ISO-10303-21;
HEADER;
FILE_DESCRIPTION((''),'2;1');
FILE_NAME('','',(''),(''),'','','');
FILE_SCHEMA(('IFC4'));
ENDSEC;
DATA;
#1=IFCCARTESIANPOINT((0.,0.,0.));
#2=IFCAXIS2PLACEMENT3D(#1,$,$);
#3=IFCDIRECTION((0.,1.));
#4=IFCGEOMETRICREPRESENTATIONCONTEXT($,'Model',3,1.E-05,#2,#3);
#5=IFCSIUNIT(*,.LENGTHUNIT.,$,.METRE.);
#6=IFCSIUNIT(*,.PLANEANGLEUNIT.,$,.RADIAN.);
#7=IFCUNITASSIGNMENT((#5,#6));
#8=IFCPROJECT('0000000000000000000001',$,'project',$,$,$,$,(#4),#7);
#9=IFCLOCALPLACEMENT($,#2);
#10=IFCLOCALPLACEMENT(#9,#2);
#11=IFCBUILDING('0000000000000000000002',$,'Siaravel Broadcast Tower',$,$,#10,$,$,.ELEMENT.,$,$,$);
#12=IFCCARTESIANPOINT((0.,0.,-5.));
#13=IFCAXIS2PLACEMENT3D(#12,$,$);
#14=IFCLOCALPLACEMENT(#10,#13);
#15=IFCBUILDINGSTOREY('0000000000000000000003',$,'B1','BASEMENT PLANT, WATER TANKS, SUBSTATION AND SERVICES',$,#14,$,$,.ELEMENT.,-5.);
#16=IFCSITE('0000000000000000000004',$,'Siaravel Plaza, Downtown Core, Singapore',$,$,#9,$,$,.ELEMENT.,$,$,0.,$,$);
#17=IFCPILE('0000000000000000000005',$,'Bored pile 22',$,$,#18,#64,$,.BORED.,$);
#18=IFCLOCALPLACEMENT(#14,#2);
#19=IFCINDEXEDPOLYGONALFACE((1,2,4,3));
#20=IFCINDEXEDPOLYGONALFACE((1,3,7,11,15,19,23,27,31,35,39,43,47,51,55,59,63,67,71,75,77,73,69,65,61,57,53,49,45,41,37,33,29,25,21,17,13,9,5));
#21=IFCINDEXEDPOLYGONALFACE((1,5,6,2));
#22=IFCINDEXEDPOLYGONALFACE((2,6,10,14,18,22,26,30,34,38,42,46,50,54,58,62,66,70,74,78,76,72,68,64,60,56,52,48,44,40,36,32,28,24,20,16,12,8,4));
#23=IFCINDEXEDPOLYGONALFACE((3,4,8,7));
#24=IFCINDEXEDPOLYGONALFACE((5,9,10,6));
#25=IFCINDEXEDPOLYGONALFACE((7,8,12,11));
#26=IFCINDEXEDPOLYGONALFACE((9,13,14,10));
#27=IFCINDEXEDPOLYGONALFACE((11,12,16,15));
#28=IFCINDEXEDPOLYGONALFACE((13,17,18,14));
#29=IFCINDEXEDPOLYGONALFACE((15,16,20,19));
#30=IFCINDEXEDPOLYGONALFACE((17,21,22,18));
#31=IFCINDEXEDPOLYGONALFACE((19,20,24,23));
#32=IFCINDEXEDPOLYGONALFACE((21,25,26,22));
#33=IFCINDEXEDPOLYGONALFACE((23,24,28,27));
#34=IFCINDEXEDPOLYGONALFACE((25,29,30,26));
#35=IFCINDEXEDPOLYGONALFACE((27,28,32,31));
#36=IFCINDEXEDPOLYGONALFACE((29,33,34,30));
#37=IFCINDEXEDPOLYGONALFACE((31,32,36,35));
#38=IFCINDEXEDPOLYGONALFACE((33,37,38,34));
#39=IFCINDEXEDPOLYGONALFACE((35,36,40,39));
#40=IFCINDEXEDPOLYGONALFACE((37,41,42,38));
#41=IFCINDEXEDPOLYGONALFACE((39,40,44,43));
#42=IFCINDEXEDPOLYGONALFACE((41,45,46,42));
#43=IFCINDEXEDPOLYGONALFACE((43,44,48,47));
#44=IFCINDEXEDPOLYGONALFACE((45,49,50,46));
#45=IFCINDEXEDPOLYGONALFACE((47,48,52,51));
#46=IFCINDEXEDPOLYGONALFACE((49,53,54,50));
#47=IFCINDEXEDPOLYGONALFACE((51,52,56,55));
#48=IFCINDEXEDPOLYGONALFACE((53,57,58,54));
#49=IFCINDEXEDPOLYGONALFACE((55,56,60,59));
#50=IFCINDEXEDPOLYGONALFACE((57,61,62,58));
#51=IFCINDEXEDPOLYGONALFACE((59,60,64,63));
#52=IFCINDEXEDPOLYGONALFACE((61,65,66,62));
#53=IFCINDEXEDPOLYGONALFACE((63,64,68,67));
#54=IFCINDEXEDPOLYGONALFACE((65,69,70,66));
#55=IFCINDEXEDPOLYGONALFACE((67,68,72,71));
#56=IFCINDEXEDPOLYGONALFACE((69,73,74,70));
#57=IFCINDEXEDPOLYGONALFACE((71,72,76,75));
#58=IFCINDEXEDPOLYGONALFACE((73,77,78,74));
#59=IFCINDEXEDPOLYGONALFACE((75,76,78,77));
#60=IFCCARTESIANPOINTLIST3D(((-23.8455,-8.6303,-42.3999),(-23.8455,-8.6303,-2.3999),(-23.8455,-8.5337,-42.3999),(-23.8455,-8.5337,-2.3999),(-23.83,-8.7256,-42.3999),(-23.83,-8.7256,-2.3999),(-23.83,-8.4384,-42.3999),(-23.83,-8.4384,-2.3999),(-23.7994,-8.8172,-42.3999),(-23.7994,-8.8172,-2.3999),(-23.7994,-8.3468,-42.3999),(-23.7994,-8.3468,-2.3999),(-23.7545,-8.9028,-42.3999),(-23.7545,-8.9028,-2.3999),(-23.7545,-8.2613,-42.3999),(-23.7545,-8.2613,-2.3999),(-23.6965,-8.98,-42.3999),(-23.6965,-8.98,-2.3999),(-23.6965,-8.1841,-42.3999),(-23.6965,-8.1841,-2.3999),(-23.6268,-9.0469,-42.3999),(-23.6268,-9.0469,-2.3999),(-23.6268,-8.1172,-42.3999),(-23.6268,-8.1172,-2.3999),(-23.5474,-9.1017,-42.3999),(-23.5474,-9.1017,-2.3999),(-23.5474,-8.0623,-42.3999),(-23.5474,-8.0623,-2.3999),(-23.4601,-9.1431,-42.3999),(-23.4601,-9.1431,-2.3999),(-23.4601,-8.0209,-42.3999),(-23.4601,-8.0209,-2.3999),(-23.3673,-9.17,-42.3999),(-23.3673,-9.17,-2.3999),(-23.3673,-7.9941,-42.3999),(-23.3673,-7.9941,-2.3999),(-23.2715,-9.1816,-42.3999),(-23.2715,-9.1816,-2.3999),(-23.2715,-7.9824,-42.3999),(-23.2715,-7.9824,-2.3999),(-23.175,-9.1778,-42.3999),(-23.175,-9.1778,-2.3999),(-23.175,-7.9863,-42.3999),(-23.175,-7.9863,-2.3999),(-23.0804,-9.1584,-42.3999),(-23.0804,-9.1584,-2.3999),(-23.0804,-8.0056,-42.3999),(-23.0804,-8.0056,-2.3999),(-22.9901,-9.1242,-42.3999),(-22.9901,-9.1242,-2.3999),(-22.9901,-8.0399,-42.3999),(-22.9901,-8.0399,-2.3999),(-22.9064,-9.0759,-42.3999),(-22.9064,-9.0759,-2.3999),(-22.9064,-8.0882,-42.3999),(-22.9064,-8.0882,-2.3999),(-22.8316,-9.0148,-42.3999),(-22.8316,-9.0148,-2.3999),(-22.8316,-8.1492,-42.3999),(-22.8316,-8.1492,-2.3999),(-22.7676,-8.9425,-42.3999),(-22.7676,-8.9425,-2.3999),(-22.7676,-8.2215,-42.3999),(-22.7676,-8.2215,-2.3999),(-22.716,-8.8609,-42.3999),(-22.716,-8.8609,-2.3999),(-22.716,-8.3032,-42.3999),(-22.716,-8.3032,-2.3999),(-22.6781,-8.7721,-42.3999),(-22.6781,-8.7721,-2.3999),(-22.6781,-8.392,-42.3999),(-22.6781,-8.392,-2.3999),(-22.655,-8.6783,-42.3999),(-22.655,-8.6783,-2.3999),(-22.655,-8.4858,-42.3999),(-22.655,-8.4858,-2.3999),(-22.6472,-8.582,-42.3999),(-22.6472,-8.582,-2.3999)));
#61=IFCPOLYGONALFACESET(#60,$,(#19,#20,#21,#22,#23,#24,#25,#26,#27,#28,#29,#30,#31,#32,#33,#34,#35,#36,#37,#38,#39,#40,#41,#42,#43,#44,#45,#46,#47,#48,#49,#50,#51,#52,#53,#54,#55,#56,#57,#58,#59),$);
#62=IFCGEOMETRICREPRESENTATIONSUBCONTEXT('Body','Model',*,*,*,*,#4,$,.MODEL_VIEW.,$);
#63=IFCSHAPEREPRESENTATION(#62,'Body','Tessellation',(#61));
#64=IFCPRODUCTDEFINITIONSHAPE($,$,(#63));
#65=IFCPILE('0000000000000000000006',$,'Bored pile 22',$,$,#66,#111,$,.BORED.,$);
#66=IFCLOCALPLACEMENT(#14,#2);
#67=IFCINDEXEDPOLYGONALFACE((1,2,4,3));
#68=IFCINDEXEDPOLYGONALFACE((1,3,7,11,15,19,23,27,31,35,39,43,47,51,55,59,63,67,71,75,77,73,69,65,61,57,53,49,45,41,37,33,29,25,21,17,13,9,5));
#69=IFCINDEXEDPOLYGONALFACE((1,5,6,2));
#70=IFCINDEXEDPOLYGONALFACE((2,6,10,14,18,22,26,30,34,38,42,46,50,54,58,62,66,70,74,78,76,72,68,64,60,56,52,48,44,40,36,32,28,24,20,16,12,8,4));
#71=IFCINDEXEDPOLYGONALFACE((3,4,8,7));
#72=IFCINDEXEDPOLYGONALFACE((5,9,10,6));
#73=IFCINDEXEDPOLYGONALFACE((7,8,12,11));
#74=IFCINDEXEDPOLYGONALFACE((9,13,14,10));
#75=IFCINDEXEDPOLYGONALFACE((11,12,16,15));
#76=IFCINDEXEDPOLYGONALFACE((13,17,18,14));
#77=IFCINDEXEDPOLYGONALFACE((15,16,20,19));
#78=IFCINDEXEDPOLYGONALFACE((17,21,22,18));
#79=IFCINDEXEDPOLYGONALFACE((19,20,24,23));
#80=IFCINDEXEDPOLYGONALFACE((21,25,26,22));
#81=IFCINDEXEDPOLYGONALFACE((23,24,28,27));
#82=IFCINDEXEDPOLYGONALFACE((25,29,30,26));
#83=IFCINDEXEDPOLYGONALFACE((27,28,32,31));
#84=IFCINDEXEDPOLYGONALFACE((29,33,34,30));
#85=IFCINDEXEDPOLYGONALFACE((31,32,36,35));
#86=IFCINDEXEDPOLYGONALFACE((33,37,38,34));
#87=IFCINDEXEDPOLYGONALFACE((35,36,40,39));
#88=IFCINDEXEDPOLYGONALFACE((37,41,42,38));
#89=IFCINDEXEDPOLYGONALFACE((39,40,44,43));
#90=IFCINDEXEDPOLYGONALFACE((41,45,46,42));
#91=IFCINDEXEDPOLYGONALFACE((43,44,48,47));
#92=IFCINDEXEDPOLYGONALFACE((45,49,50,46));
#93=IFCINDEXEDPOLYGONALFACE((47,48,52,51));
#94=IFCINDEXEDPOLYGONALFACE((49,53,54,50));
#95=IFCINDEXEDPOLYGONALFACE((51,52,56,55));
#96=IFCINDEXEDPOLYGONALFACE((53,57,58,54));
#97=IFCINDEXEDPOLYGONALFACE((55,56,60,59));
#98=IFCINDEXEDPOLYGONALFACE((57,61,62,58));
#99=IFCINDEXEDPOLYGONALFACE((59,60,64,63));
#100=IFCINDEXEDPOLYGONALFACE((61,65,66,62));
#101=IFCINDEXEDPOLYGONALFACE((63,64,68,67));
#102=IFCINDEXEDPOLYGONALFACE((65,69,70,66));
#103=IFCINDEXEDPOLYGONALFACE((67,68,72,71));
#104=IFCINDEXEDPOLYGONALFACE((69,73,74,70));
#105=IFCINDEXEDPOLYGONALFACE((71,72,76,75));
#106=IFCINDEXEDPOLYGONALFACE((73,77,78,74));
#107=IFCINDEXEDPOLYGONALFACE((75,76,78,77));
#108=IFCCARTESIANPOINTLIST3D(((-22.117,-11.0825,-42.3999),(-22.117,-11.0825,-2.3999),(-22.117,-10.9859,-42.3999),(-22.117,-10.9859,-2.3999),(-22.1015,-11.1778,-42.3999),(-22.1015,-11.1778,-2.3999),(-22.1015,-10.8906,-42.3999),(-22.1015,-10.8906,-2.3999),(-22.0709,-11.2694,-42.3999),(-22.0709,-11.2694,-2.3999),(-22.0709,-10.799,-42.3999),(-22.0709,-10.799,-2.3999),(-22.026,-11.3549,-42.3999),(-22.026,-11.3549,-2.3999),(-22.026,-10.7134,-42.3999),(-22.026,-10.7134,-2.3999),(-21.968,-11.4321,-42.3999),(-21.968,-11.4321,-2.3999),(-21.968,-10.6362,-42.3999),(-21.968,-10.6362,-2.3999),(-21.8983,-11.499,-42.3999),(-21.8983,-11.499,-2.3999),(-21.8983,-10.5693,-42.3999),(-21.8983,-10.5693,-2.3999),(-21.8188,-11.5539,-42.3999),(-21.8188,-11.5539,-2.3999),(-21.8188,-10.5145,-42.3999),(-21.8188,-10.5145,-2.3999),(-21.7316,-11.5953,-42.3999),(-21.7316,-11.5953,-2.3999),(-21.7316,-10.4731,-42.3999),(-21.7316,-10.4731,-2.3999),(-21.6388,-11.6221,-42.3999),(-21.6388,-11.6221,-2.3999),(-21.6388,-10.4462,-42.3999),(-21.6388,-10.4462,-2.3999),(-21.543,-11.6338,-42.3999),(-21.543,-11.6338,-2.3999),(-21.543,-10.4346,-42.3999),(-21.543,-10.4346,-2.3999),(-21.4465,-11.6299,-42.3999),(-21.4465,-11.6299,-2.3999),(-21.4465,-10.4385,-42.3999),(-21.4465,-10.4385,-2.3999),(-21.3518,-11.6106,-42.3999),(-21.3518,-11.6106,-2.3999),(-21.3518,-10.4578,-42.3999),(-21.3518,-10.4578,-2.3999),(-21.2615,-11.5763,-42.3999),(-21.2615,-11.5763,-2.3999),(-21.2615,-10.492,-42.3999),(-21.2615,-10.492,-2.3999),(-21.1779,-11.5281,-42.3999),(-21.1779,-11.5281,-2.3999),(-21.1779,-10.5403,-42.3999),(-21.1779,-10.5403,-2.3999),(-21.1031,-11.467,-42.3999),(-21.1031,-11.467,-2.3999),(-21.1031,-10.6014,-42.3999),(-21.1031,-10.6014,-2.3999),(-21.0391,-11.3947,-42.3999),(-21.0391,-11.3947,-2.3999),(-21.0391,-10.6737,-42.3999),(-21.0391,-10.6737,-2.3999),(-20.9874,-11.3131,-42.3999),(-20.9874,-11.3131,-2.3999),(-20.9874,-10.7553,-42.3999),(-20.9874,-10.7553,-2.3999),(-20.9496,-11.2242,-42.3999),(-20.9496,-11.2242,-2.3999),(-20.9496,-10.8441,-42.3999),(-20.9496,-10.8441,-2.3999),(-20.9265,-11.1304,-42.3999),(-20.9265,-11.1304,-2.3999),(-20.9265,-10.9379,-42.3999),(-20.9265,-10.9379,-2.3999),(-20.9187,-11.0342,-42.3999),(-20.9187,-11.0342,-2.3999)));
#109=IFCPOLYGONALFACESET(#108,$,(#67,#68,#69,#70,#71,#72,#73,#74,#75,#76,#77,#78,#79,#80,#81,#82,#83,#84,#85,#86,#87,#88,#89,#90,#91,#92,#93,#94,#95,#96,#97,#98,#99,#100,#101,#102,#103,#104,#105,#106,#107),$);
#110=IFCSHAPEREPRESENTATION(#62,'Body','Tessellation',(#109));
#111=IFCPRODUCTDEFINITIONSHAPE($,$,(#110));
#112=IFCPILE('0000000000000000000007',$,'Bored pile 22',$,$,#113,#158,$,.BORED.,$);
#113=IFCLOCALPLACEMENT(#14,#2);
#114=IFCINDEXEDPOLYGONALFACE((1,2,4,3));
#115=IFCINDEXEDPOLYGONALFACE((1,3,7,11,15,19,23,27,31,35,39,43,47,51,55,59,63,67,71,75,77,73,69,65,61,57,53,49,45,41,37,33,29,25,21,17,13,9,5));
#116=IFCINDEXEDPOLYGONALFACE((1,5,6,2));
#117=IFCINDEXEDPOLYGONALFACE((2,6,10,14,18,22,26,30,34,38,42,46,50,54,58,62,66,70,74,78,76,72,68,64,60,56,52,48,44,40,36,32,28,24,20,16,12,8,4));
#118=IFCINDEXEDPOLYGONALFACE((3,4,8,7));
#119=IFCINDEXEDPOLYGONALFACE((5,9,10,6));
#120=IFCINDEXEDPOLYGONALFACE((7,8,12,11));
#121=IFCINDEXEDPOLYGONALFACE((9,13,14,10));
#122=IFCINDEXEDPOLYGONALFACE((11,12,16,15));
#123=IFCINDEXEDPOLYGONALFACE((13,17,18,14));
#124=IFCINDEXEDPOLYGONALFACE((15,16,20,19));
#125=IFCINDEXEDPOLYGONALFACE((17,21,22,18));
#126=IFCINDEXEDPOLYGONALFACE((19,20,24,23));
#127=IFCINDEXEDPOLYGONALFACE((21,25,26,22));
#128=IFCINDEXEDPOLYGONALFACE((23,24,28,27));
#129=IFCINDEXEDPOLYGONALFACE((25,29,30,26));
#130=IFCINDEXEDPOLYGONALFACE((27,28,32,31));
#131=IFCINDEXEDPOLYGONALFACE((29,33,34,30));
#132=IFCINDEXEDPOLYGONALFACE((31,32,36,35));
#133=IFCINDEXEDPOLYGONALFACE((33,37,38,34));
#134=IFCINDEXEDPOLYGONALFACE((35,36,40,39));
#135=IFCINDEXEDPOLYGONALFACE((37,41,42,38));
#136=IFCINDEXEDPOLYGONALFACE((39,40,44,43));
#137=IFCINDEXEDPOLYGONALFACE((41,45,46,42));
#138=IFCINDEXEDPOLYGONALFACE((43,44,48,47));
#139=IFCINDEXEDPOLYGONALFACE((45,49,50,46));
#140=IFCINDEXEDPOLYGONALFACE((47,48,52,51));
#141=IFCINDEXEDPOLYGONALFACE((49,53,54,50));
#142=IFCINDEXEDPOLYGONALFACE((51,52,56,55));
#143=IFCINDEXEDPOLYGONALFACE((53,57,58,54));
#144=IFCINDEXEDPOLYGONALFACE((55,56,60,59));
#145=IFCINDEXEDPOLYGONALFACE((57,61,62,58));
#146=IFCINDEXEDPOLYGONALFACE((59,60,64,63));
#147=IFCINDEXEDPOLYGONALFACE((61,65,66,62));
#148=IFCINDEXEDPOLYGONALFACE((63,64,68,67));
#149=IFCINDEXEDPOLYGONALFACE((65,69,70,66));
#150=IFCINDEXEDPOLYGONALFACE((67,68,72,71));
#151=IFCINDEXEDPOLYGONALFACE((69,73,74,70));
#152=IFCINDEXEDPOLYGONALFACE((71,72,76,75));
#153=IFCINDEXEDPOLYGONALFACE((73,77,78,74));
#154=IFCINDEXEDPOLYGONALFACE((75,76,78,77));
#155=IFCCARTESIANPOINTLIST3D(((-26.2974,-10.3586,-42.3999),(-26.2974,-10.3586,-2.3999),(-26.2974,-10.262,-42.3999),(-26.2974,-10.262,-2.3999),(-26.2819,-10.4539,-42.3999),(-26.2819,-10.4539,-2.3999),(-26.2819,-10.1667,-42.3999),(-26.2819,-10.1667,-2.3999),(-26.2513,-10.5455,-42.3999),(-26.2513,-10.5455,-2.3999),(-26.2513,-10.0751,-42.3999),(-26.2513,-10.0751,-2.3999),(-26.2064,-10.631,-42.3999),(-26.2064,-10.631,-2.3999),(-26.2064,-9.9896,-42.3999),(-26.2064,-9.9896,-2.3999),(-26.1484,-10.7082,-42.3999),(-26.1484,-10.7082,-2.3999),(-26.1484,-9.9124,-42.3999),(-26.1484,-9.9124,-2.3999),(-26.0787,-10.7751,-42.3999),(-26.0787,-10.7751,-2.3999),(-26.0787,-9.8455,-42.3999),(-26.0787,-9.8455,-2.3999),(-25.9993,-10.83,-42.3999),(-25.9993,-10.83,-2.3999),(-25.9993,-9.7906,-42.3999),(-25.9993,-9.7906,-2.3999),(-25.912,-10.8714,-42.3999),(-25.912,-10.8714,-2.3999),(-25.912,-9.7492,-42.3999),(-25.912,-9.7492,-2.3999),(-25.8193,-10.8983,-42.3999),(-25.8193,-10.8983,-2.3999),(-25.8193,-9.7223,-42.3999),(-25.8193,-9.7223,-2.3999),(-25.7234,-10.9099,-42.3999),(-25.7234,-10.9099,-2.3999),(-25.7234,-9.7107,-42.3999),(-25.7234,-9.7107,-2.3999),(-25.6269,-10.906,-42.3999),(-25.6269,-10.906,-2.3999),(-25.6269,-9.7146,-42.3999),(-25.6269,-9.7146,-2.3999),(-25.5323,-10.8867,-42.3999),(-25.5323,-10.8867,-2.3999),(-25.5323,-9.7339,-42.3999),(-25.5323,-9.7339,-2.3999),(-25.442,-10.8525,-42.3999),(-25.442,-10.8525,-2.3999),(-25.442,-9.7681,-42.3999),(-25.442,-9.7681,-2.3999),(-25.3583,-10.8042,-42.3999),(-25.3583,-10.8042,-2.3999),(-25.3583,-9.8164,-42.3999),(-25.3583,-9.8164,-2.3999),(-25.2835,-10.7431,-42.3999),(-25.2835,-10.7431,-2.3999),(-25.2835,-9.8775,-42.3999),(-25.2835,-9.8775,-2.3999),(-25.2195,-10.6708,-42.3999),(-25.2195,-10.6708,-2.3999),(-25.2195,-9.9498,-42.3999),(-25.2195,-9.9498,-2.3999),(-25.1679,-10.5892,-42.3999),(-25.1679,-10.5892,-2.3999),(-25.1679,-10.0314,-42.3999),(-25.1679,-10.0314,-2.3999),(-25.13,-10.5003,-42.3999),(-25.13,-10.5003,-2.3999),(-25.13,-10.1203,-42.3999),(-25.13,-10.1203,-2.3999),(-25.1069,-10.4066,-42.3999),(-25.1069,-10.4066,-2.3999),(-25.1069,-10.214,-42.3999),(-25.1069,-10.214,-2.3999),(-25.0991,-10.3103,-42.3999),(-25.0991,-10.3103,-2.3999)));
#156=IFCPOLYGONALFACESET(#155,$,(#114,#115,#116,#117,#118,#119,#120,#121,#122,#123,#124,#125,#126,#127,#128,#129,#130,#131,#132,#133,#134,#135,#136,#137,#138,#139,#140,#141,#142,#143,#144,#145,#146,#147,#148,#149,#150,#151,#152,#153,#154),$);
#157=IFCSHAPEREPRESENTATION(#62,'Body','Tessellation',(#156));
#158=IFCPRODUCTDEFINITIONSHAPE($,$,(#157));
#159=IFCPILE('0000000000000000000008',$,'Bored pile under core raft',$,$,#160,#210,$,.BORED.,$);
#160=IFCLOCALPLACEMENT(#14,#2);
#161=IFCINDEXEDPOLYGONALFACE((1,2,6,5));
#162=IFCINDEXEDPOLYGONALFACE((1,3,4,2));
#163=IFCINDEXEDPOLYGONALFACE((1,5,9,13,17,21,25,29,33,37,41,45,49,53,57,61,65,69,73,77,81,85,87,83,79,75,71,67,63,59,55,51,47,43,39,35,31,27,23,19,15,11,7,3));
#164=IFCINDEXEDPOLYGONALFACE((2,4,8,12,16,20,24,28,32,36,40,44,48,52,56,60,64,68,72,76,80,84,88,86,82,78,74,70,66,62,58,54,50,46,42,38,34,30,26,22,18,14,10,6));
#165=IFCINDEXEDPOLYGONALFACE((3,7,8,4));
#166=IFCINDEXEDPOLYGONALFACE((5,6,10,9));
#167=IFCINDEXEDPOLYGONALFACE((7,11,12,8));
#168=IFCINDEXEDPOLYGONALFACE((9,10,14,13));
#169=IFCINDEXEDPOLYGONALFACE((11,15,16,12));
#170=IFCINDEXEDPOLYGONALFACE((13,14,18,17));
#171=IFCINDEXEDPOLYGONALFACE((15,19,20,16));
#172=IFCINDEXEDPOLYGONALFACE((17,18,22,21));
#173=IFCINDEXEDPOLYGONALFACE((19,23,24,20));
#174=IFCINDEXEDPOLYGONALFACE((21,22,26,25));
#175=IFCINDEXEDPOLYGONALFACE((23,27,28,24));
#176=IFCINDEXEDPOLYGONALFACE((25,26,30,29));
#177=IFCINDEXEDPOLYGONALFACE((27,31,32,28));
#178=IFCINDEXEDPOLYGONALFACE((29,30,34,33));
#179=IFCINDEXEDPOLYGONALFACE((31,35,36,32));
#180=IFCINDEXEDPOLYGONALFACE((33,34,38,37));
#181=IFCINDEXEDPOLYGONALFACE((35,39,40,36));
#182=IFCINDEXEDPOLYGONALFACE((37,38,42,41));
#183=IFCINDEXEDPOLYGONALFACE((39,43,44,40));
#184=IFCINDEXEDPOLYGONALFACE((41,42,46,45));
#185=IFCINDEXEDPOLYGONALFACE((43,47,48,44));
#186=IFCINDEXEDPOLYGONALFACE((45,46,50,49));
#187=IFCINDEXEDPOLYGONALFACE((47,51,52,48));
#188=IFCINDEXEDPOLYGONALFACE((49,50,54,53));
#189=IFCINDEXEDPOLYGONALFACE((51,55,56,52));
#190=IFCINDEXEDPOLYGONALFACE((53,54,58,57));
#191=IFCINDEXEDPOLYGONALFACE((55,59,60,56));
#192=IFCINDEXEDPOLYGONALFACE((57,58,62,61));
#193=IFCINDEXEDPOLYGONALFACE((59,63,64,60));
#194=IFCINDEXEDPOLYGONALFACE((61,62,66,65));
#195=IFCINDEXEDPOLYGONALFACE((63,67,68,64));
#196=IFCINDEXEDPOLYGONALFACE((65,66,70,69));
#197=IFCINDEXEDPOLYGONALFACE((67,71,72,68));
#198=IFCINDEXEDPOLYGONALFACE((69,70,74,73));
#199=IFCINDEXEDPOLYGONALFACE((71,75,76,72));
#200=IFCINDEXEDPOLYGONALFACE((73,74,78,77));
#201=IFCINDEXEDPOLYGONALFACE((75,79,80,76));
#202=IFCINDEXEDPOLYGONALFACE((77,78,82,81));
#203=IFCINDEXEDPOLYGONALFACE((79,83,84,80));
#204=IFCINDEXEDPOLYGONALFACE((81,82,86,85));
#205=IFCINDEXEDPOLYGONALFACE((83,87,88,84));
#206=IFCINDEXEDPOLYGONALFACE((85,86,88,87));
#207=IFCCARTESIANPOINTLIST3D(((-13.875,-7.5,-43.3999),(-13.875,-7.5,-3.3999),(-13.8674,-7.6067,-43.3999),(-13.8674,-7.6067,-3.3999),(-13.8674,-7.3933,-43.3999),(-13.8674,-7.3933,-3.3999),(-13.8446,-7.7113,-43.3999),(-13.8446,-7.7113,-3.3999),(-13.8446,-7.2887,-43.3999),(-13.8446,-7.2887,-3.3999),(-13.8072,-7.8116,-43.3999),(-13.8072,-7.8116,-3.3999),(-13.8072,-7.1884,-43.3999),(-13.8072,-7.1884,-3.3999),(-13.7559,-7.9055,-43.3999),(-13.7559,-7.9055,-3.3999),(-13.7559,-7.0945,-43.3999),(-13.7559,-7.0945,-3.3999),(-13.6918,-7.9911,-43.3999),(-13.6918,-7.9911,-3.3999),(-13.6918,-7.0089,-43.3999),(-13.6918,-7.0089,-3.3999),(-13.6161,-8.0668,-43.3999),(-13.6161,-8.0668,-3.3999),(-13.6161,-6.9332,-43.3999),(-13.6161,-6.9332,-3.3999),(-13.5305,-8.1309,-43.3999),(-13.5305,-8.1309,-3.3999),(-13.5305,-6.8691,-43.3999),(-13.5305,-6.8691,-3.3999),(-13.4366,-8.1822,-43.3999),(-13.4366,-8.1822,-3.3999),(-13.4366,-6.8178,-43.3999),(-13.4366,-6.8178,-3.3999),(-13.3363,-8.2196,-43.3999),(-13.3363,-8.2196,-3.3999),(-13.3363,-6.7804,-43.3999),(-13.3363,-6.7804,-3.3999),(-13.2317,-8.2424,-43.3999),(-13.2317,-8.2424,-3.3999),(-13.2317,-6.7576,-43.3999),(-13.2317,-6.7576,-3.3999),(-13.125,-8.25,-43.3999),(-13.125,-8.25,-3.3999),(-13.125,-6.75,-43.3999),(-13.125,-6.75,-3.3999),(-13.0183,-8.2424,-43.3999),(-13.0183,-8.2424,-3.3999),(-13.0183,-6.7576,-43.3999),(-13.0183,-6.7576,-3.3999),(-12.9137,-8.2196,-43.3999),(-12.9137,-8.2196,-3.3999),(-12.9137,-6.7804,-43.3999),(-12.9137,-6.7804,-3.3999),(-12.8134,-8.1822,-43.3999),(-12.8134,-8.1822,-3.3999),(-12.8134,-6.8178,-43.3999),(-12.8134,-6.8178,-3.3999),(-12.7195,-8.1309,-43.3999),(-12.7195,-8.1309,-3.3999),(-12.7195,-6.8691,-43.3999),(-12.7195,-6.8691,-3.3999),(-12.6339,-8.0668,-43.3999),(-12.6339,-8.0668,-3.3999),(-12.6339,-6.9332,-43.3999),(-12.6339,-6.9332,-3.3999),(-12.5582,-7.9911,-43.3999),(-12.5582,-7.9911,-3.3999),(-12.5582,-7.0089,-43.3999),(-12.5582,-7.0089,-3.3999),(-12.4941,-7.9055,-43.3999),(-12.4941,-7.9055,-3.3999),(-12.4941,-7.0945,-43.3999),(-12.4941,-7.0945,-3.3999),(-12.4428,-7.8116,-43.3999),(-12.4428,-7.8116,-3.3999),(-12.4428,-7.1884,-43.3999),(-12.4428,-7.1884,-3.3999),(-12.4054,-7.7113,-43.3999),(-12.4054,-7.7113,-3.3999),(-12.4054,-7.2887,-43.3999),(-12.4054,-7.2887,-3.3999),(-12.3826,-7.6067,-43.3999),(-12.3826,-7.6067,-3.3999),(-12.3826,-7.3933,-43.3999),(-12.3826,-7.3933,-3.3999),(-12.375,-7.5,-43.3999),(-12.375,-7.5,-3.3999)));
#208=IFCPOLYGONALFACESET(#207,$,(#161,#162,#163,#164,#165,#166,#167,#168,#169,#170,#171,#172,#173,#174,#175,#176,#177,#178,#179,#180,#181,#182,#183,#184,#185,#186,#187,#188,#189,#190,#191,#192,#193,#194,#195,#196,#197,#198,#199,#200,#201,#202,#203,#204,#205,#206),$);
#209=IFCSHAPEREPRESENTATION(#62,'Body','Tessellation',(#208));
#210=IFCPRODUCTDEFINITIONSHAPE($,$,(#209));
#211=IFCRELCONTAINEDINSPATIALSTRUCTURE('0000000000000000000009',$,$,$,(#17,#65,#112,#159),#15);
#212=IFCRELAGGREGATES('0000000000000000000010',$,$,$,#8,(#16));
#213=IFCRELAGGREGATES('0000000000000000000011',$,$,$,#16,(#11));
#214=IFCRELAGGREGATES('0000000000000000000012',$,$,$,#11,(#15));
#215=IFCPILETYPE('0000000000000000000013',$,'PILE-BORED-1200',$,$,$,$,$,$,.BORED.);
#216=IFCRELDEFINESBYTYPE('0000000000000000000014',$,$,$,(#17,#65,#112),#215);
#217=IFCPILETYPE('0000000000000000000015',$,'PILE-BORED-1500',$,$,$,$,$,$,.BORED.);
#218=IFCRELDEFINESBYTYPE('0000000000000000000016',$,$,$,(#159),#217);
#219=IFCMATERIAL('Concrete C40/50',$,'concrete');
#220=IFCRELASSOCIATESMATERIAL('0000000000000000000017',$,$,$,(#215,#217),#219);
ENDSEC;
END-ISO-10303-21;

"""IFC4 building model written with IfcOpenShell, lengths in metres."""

from ifc_helpers import new_model, si_unit, direction, frame, origin, origin_2d, place, context, subcontext, project, spatial, circle, extrude, material, material_profile, profile_set, type_object, element, save


model = new_model("IFC4")

# Units and contexts
model_context = context("Model", 3, precision=1e-05, world=origin(), true_north=direction((0.0, 1.0)))
body_context = subcontext(model_context, "Body", "Model", "MODEL_VIEW")
ifc_project = project(units=[si_unit("LENGTHUNIT", "METRE"), si_unit("PLANEANGLEUNIT", "RADIAN")], contexts=[model_context])

# Site, building, storey
site_placement = place(None, origin())
site = spatial("IfcSite", under=ifc_project, at=site_placement, Name="Siaravel Plaza, Downtown Core, Singapore", CompositionType="ELEMENT", RefElevation=0.0)
building_placement = place(site_placement, origin())
building = spatial("IfcBuilding", under=site, at=building_placement, Name="Siaravel Broadcast Tower", CompositionType="ELEMENT")
storey_placement = place(building_placement, frame((0.0, 0.0, -5.0)))
storey = spatial("IfcBuildingStorey", under=building, at=storey_placement, Name="B1", Description="BASEMENT PLANT, WATER TANKS, SUBSTATION AND SERVICES", CompositionType="ELEMENT", Elevation=-5.0)

# Shared definitions
ifc_material_1 = material(Name="Concrete C40/50", Category="concrete")

# Piles
ifc_material_profile_1 = material_profile(ifc_material_1, circle(Radius=0.6001, at=origin_2d()))
ifc_profile_set_1 = profile_set([ifc_material_profile_1], Name="Concrete C40/50")
pile_type_1 = type_object("IfcPileType", Name="PILE-BORED-1200", PredefinedType="BORED", material=ifc_profile_set_1)
for number, where, z_axis, x_axis, name in (
    (1, (-23.2473, -8.582, -2.3999), (0.0, 0.0, -1.0), (1.0, 0.0, 0.0), "Bored pile 22"),
    (2, (-21.5188, -11.0342, -2.3999), (0.0, 0.0, -1.0), (1.0, 0.0, 0.0), "Bored pile 22"),
    (3, (-25.6992, -10.3103, -2.3999), (0.0, 0.0, -1.0), (1.0, 0.0, 0.0), "Bored pile 22"),
):
    element("IfcPile", number, at=place(storey_placement, frame(where, z_axis=z_axis, x_axis=x_axis)), inside=storey, type_object=pile_type_1, Name=name, PredefinedType="BORED", context=body_context, shape_type="SweptSolid", body=[
        extrude(circle(Radius=0.6001, at=origin_2d()), origin(), (0.0, 0.0, 1.0), 40.0),
    ])
ifc_material_profile_2 = material_profile(ifc_material_1, circle(Radius=0.75, at=origin_2d()))
ifc_profile_set_2 = profile_set([ifc_material_profile_2], Name="Concrete C40/50")
pile_type_2 = type_object("IfcPileType", Name="PILE-BORED-1500", PredefinedType="BORED", material=ifc_profile_set_2)
for number, where, z_axis, x_axis, name in (
    (4, (-13.125, -7.5, -3.3999), (0.0, 0.0, -1.0), (1.0, 0.0, 0.0), "Bored pile under core raft"),
):
    element("IfcPile", number, at=place(storey_placement, frame(where, z_axis=z_axis, x_axis=x_axis)), inside=storey, type_object=pile_type_2, Name=name, PredefinedType="BORED", context=body_context, shape_type="SweptSolid", body=[
        extrude(circle(Radius=0.75, at=origin_2d()), origin(), (0.0, 0.0, 1.0), 40.0),
    ])

save(model, "model.ifc")
